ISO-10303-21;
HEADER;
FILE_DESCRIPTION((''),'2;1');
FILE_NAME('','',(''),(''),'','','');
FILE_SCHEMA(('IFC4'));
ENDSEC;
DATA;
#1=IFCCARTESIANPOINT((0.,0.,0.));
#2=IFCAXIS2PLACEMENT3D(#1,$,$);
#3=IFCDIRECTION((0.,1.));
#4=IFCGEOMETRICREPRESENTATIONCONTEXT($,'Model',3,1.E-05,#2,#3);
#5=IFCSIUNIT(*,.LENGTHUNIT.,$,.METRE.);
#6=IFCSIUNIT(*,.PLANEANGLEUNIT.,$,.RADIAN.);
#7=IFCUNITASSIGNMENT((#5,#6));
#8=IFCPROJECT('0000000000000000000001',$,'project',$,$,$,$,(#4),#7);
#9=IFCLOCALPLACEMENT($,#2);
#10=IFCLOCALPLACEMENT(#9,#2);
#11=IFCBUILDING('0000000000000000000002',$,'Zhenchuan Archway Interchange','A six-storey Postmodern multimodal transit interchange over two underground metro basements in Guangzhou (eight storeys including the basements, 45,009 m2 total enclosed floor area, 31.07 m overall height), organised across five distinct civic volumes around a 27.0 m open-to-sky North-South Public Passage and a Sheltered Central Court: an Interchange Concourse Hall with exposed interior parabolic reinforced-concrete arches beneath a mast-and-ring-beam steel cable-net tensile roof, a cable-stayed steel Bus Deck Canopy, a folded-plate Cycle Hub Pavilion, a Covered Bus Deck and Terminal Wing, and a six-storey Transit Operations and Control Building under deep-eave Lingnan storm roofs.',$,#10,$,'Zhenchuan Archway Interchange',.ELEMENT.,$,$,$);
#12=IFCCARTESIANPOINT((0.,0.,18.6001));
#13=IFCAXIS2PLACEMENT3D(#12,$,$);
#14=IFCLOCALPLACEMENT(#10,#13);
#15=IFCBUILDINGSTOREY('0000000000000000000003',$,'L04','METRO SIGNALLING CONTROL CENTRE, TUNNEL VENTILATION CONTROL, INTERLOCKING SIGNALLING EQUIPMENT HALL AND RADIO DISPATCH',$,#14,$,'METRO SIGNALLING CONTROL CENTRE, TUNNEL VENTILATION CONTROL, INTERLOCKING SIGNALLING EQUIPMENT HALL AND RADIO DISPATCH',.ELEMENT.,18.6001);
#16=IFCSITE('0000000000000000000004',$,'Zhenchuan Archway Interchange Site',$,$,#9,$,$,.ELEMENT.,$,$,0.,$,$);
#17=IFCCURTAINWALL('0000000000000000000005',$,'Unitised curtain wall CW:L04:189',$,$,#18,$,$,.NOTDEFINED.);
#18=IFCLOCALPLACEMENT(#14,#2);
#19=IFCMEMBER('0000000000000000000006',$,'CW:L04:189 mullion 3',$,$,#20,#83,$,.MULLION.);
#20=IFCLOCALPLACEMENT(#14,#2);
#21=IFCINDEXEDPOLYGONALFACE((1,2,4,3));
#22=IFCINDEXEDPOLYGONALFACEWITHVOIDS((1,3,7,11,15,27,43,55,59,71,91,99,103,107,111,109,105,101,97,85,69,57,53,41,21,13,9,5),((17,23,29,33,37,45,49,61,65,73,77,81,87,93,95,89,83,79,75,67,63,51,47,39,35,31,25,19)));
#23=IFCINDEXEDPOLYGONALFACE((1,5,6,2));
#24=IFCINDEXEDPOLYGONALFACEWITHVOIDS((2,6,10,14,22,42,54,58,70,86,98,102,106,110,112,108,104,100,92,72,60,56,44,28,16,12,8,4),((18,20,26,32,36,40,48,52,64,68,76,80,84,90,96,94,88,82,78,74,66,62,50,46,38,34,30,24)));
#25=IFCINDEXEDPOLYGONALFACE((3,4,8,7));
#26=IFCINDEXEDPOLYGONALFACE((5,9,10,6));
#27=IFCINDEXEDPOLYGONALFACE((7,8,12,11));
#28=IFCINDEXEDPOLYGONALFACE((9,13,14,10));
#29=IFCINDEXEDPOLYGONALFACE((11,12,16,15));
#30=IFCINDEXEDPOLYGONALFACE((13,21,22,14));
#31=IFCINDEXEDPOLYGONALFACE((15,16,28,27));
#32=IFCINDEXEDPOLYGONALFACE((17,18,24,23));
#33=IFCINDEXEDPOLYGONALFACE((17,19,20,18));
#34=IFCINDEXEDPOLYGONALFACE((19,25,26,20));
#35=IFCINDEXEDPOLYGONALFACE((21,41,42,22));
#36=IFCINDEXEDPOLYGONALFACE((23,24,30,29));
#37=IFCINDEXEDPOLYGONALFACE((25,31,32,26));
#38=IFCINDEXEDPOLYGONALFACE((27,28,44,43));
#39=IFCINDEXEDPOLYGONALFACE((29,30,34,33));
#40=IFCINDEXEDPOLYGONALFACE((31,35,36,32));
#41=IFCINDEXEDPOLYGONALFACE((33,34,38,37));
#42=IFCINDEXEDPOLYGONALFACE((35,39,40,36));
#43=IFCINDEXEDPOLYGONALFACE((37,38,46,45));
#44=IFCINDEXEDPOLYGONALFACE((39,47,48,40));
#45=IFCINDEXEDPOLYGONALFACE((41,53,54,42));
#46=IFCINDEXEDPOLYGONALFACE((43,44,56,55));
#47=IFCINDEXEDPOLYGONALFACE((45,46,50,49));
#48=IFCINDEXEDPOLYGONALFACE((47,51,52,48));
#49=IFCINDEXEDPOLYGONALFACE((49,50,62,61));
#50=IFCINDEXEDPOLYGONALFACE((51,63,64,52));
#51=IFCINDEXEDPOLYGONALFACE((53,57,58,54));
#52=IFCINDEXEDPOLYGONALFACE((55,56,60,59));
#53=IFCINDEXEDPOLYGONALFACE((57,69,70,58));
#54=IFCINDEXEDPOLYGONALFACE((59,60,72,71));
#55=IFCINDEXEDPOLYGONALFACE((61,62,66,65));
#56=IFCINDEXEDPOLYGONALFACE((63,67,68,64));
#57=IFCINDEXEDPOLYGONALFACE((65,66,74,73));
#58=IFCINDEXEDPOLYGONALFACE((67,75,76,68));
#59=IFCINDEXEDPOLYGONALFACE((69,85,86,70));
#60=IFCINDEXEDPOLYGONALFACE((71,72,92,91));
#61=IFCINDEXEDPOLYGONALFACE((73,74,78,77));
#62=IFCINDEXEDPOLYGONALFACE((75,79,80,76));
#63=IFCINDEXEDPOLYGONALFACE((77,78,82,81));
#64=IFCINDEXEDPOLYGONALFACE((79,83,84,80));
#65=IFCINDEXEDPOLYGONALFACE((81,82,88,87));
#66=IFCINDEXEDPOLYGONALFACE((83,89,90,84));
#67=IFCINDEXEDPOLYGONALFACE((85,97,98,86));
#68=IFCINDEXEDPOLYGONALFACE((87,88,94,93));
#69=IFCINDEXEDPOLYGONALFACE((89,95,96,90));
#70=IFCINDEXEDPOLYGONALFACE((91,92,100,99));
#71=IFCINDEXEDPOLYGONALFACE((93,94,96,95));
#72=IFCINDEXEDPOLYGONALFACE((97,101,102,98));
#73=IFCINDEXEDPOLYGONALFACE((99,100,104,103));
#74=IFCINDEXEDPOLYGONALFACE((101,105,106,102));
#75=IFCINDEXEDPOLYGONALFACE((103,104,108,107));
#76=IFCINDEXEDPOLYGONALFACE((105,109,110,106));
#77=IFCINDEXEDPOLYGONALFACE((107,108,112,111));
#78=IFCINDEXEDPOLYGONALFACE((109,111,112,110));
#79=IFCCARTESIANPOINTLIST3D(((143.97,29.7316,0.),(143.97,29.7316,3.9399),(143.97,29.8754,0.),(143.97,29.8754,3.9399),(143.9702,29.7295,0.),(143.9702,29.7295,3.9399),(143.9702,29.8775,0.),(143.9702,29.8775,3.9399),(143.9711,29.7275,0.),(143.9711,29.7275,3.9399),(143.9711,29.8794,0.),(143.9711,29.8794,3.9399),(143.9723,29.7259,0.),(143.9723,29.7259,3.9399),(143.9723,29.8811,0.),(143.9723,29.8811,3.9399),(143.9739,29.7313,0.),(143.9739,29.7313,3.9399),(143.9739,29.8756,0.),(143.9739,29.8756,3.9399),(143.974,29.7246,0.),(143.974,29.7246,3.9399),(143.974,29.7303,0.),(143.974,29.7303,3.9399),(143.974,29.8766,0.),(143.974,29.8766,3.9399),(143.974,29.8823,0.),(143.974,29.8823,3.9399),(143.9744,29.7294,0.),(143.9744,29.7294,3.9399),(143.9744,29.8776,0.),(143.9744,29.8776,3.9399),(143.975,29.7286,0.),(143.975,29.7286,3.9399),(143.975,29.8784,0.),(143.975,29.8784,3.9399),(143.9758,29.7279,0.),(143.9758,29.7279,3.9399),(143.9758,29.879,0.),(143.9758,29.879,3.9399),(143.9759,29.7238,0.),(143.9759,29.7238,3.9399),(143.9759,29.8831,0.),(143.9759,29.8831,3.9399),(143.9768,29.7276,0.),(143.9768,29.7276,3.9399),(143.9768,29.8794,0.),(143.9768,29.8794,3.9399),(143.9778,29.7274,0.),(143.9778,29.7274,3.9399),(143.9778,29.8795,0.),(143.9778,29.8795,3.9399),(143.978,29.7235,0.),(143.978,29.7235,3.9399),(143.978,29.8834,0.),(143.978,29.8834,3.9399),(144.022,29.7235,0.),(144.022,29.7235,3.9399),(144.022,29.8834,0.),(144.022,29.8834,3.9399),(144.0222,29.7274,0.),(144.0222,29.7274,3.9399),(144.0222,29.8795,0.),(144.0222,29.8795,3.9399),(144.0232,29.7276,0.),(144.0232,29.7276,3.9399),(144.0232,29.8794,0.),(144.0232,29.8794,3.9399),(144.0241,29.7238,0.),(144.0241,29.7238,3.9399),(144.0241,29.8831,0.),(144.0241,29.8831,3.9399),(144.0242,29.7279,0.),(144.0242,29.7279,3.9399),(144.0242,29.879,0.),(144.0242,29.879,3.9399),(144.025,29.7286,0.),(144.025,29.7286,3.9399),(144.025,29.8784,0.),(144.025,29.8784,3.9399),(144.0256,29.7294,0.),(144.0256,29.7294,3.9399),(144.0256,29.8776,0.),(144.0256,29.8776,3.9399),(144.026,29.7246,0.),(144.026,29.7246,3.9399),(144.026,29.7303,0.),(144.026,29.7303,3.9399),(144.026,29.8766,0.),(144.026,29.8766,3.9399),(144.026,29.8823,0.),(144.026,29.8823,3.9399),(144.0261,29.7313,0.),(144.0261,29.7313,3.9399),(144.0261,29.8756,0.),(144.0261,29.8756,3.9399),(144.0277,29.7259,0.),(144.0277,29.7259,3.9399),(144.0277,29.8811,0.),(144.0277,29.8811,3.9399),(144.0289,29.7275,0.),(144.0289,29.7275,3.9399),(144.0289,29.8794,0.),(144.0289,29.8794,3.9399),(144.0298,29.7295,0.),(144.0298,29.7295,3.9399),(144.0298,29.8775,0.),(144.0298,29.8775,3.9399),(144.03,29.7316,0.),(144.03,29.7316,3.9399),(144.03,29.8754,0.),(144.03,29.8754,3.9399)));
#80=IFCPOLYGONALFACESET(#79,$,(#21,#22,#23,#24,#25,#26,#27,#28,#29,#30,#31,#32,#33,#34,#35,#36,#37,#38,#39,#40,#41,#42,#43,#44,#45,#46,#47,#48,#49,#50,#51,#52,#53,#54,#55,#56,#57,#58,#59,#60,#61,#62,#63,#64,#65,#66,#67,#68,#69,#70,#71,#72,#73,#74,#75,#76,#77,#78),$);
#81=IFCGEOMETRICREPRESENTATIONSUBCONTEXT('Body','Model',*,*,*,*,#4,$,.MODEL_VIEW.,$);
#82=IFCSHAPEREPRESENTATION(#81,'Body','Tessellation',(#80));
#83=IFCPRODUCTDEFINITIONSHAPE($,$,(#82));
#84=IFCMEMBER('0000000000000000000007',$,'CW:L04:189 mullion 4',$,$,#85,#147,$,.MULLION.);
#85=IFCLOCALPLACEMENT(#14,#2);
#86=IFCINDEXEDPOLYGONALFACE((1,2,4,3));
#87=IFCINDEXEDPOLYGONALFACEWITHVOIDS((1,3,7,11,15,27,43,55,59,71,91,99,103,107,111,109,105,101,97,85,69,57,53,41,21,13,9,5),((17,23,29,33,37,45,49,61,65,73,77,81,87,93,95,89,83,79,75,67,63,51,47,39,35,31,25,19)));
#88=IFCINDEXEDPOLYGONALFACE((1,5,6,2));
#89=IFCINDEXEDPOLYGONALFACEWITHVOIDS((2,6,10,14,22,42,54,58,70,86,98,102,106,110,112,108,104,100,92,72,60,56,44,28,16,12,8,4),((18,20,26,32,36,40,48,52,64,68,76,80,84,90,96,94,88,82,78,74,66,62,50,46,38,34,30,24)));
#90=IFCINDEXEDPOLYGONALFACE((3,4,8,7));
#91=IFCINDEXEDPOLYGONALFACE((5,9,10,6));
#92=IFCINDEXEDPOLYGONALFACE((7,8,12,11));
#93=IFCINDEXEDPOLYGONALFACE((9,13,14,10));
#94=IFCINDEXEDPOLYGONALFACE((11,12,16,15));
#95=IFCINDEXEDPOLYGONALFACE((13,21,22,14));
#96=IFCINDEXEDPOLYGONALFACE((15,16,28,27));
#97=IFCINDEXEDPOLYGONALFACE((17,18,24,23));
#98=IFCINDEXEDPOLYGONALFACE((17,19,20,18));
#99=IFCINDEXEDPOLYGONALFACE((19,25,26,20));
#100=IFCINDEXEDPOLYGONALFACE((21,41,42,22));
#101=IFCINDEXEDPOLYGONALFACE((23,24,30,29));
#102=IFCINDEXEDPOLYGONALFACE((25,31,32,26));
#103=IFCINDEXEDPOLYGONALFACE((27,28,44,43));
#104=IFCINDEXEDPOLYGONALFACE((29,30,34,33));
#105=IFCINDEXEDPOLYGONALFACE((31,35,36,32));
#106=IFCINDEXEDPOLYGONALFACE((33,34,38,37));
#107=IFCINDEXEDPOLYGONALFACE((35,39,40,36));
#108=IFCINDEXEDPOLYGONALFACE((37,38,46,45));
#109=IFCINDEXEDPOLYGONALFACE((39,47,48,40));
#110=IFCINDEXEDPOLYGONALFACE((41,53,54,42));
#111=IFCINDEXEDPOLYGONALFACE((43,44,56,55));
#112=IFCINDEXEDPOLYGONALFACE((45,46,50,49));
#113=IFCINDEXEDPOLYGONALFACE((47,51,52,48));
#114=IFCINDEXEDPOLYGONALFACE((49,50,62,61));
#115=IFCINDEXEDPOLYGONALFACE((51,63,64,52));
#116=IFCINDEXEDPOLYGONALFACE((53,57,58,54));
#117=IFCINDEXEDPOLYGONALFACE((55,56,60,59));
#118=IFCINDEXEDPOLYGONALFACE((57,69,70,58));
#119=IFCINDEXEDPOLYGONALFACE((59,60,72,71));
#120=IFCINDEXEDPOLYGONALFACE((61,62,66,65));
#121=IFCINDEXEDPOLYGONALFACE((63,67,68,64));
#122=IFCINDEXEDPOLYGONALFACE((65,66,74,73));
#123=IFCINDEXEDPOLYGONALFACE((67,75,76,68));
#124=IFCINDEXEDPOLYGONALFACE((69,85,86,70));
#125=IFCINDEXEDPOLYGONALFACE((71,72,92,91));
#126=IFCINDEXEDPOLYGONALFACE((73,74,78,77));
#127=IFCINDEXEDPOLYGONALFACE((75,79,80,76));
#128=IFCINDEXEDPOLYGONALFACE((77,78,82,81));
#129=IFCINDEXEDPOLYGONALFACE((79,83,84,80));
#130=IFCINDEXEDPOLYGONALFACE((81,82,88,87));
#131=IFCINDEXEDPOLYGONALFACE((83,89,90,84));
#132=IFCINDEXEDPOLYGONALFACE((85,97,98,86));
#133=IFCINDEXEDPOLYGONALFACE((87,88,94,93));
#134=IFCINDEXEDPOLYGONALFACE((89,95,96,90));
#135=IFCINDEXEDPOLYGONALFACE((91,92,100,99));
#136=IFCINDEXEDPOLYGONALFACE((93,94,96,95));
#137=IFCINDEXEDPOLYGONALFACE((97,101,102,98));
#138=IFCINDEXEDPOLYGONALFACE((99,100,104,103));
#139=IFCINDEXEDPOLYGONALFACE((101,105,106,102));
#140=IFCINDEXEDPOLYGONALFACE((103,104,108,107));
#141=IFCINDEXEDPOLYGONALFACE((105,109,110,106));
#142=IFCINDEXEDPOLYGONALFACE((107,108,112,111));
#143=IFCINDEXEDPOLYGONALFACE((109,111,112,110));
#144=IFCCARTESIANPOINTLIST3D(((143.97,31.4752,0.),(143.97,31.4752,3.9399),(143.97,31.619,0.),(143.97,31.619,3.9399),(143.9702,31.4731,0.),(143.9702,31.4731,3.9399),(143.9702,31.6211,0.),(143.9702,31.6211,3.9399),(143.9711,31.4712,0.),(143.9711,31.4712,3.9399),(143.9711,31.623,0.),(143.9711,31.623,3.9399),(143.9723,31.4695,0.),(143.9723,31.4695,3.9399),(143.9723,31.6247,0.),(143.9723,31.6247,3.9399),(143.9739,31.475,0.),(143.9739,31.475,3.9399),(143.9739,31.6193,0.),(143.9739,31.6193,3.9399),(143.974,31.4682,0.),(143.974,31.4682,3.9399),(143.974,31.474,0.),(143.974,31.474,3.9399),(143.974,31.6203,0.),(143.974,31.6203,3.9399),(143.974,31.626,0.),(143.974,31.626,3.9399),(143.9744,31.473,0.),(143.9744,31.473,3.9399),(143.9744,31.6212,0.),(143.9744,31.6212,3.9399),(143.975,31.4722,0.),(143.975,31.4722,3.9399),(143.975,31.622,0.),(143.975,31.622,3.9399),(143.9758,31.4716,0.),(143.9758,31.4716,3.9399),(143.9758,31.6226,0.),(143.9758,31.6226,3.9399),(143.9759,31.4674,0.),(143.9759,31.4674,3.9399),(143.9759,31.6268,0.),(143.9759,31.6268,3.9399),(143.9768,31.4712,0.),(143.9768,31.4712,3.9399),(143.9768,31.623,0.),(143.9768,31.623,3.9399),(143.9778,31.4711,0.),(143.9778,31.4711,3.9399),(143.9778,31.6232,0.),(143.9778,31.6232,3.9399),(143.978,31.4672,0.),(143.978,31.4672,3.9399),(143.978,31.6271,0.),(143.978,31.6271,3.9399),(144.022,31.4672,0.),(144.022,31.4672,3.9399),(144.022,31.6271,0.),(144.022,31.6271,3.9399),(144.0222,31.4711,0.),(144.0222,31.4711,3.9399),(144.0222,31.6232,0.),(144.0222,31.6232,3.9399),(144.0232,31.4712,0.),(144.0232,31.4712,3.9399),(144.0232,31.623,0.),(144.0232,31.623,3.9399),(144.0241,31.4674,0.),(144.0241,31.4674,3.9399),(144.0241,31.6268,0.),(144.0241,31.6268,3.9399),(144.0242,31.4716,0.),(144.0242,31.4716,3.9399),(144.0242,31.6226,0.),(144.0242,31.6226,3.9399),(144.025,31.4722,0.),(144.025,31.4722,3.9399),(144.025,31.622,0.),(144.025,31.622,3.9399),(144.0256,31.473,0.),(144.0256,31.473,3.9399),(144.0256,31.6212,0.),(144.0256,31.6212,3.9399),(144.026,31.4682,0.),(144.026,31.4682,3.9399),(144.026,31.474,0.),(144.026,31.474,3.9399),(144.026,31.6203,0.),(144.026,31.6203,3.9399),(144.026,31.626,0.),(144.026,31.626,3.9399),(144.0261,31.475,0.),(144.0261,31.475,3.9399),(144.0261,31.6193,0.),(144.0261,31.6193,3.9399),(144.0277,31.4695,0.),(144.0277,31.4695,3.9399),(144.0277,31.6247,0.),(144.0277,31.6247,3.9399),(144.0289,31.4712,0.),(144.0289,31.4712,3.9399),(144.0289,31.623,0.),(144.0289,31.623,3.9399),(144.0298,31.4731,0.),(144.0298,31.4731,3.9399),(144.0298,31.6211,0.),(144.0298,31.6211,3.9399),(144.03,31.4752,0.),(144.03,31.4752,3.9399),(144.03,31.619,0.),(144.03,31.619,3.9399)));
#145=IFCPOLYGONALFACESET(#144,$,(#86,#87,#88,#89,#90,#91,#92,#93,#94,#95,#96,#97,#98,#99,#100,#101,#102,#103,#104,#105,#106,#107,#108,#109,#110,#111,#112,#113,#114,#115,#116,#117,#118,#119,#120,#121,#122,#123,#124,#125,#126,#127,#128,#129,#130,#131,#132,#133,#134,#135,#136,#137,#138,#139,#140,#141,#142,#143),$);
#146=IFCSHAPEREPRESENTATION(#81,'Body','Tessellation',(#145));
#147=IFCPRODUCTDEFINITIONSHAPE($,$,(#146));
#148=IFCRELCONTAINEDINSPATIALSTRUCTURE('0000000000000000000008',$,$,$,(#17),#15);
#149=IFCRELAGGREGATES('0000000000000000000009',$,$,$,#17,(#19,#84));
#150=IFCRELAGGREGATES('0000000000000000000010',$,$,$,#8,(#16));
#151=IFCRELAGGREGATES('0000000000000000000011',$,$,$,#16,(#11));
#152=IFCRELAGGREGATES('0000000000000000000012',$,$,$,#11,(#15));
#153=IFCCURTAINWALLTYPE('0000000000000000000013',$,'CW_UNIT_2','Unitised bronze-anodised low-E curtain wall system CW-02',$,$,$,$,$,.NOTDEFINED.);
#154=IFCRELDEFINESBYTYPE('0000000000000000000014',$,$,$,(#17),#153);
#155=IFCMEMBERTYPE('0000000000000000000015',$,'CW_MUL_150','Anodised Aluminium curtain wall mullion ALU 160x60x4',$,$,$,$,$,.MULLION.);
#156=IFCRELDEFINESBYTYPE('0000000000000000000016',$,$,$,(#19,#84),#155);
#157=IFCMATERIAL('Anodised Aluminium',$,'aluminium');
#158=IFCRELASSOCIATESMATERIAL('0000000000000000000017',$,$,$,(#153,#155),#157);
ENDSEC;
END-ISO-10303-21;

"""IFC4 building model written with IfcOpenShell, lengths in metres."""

from ifc_helpers import new_model, si_unit, direction, frame, origin, origin_2d, place, context, subcontext, project, spatial, hollow_rectangle, extrude, material, material_profile, profile_set, type_object, element, aggregate, save


model = new_model("IFC4")

# Units and contexts
model_context = context("Model", 3, precision=1e-05, world=origin(), true_north=direction((0.0, 1.0)))
body_context = subcontext(model_context, "Body", "Model", "MODEL_VIEW")
ifc_project = project(units=[si_unit("LENGTHUNIT", "METRE"), si_unit("PLANEANGLEUNIT", "RADIAN")], contexts=[model_context])

# Site, building, storey
site_placement = place(None, origin())
site = spatial("IfcSite", under=ifc_project, at=site_placement, Name="Zhenchuan Archway Interchange Site", CompositionType="ELEMENT", RefElevation=0.0)
building_placement = place(site_placement, origin())
building = spatial("IfcBuilding", under=site, at=building_placement, Name="Zhenchuan Archway Interchange", Description="A six-storey Postmodern multimodal transit interchange over two underground metro basements in Guangzhou (eight storeys including the basements, 45,009 m2 total enclosed floor area, 31.07 m overall height), organised across five distinct civic volumes around a 27.0 m open-to-sky North-South Public Passage and a Sheltered Central Court: an Interchange Concourse Hall with exposed interior parabolic reinforced-concrete arches beneath a mast-and-ring-beam steel cable-net tensile roof, a cable-stayed steel Bus Deck Canopy, a folded-plate Cycle Hub Pavilion, a Covered Bus Deck and Terminal Wing, and a six-storey Transit Operations and Control Building under deep-eave Lingnan storm roofs.", LongName="Zhenchuan Archway Interchange", CompositionType="ELEMENT")
storey_placement = place(building_placement, frame((0.0, 0.0, 18.6001)))
storey = spatial("IfcBuildingStorey", under=building, at=storey_placement, Name="L04", Description="METRO SIGNALLING CONTROL CENTRE, TUNNEL VENTILATION CONTROL, INTERLOCKING SIGNALLING EQUIPMENT HALL AND RADIO DISPATCH", LongName="METRO SIGNALLING CONTROL CENTRE, TUNNEL VENTILATION CONTROL, INTERLOCKING SIGNALLING EQUIPMENT HALL AND RADIO DISPATCH", CompositionType="ELEMENT", Elevation=18.6001)

# Curtain wall, members
ifc_material_1 = material(Name="Anodised Aluminium", Category="aluminium")
curtain_wall_type = type_object("IfcCurtainWallType", Name="CW_UNIT_2", Description="Unitised bronze-anodised low-E curtain wall system CW-02", PredefinedType="NOTDEFINED", material=ifc_material_1)
curtain_wall_placement = place(storey_placement, origin())
curtain_wall = element("IfcCurtainWall", 1, at=curtain_wall_placement, inside=storey, type_object=curtain_wall_type, Name="Unitised curtain wall CW:L04:189", PredefinedType="NOTDEFINED")
ifc_material_profile_1 = material_profile(ifc_material_1, hollow_rectangle(XDim=0.0601, YDim=0.1599, WallThickness=0.0039, InnerFilletRadius=0.0039, OuterFilletRadius=0.0081, at=origin_2d()), Name="ALU 160x60x4")
ifc_profile_set_1 = profile_set([ifc_material_profile_1], Name="Anodised Aluminium")
member_type_1 = type_object("IfcMemberType", Name="CW_MUL_150", Description="Anodised Aluminium curtain wall mullion ALU 160x60x4", PredefinedType="MULLION", material=ifc_profile_set_1)
member_1_placement = place(storey_placement, frame((144.0, 29.8035, 0.0), z_axis=(0.0, 0.0, 1.0), x_axis=(1.0, 0.0, 0.0)))
member_1 = element("IfcMember", 2, at=member_1_placement, type_object=member_type_1, Name="CW:L04:189 mullion 3", PredefinedType="MULLION", context=body_context, shape_type="SweptSolid", body=[
    extrude(hollow_rectangle(XDim=0.0601, YDim=0.1599, WallThickness=0.0039, InnerFilletRadius=0.0039, OuterFilletRadius=0.0081, at=origin_2d()), origin(), (0.0, 0.0, 1.0), 3.9399),
])
member_2_placement = place(storey_placement, frame((144.0, 31.5471, 0.0), z_axis=(0.0, 0.0, 1.0), x_axis=(1.0, 0.0, 0.0)))
member_2 = element("IfcMember", 3, at=member_2_placement, type_object=member_type_1, Name="CW:L04:189 mullion 4", PredefinedType="MULLION", context=body_context, shape_type="SweptSolid", body=[
    extrude(hollow_rectangle(XDim=0.0601, YDim=0.1599, WallThickness=0.0039, InnerFilletRadius=0.0039, OuterFilletRadius=0.0081, at=origin_2d()), origin(), (0.0, 0.0, 1.0), 3.9399),
])

aggregate(curtain_wall, [member_1, member_2])

save(model, "model.ifc")
